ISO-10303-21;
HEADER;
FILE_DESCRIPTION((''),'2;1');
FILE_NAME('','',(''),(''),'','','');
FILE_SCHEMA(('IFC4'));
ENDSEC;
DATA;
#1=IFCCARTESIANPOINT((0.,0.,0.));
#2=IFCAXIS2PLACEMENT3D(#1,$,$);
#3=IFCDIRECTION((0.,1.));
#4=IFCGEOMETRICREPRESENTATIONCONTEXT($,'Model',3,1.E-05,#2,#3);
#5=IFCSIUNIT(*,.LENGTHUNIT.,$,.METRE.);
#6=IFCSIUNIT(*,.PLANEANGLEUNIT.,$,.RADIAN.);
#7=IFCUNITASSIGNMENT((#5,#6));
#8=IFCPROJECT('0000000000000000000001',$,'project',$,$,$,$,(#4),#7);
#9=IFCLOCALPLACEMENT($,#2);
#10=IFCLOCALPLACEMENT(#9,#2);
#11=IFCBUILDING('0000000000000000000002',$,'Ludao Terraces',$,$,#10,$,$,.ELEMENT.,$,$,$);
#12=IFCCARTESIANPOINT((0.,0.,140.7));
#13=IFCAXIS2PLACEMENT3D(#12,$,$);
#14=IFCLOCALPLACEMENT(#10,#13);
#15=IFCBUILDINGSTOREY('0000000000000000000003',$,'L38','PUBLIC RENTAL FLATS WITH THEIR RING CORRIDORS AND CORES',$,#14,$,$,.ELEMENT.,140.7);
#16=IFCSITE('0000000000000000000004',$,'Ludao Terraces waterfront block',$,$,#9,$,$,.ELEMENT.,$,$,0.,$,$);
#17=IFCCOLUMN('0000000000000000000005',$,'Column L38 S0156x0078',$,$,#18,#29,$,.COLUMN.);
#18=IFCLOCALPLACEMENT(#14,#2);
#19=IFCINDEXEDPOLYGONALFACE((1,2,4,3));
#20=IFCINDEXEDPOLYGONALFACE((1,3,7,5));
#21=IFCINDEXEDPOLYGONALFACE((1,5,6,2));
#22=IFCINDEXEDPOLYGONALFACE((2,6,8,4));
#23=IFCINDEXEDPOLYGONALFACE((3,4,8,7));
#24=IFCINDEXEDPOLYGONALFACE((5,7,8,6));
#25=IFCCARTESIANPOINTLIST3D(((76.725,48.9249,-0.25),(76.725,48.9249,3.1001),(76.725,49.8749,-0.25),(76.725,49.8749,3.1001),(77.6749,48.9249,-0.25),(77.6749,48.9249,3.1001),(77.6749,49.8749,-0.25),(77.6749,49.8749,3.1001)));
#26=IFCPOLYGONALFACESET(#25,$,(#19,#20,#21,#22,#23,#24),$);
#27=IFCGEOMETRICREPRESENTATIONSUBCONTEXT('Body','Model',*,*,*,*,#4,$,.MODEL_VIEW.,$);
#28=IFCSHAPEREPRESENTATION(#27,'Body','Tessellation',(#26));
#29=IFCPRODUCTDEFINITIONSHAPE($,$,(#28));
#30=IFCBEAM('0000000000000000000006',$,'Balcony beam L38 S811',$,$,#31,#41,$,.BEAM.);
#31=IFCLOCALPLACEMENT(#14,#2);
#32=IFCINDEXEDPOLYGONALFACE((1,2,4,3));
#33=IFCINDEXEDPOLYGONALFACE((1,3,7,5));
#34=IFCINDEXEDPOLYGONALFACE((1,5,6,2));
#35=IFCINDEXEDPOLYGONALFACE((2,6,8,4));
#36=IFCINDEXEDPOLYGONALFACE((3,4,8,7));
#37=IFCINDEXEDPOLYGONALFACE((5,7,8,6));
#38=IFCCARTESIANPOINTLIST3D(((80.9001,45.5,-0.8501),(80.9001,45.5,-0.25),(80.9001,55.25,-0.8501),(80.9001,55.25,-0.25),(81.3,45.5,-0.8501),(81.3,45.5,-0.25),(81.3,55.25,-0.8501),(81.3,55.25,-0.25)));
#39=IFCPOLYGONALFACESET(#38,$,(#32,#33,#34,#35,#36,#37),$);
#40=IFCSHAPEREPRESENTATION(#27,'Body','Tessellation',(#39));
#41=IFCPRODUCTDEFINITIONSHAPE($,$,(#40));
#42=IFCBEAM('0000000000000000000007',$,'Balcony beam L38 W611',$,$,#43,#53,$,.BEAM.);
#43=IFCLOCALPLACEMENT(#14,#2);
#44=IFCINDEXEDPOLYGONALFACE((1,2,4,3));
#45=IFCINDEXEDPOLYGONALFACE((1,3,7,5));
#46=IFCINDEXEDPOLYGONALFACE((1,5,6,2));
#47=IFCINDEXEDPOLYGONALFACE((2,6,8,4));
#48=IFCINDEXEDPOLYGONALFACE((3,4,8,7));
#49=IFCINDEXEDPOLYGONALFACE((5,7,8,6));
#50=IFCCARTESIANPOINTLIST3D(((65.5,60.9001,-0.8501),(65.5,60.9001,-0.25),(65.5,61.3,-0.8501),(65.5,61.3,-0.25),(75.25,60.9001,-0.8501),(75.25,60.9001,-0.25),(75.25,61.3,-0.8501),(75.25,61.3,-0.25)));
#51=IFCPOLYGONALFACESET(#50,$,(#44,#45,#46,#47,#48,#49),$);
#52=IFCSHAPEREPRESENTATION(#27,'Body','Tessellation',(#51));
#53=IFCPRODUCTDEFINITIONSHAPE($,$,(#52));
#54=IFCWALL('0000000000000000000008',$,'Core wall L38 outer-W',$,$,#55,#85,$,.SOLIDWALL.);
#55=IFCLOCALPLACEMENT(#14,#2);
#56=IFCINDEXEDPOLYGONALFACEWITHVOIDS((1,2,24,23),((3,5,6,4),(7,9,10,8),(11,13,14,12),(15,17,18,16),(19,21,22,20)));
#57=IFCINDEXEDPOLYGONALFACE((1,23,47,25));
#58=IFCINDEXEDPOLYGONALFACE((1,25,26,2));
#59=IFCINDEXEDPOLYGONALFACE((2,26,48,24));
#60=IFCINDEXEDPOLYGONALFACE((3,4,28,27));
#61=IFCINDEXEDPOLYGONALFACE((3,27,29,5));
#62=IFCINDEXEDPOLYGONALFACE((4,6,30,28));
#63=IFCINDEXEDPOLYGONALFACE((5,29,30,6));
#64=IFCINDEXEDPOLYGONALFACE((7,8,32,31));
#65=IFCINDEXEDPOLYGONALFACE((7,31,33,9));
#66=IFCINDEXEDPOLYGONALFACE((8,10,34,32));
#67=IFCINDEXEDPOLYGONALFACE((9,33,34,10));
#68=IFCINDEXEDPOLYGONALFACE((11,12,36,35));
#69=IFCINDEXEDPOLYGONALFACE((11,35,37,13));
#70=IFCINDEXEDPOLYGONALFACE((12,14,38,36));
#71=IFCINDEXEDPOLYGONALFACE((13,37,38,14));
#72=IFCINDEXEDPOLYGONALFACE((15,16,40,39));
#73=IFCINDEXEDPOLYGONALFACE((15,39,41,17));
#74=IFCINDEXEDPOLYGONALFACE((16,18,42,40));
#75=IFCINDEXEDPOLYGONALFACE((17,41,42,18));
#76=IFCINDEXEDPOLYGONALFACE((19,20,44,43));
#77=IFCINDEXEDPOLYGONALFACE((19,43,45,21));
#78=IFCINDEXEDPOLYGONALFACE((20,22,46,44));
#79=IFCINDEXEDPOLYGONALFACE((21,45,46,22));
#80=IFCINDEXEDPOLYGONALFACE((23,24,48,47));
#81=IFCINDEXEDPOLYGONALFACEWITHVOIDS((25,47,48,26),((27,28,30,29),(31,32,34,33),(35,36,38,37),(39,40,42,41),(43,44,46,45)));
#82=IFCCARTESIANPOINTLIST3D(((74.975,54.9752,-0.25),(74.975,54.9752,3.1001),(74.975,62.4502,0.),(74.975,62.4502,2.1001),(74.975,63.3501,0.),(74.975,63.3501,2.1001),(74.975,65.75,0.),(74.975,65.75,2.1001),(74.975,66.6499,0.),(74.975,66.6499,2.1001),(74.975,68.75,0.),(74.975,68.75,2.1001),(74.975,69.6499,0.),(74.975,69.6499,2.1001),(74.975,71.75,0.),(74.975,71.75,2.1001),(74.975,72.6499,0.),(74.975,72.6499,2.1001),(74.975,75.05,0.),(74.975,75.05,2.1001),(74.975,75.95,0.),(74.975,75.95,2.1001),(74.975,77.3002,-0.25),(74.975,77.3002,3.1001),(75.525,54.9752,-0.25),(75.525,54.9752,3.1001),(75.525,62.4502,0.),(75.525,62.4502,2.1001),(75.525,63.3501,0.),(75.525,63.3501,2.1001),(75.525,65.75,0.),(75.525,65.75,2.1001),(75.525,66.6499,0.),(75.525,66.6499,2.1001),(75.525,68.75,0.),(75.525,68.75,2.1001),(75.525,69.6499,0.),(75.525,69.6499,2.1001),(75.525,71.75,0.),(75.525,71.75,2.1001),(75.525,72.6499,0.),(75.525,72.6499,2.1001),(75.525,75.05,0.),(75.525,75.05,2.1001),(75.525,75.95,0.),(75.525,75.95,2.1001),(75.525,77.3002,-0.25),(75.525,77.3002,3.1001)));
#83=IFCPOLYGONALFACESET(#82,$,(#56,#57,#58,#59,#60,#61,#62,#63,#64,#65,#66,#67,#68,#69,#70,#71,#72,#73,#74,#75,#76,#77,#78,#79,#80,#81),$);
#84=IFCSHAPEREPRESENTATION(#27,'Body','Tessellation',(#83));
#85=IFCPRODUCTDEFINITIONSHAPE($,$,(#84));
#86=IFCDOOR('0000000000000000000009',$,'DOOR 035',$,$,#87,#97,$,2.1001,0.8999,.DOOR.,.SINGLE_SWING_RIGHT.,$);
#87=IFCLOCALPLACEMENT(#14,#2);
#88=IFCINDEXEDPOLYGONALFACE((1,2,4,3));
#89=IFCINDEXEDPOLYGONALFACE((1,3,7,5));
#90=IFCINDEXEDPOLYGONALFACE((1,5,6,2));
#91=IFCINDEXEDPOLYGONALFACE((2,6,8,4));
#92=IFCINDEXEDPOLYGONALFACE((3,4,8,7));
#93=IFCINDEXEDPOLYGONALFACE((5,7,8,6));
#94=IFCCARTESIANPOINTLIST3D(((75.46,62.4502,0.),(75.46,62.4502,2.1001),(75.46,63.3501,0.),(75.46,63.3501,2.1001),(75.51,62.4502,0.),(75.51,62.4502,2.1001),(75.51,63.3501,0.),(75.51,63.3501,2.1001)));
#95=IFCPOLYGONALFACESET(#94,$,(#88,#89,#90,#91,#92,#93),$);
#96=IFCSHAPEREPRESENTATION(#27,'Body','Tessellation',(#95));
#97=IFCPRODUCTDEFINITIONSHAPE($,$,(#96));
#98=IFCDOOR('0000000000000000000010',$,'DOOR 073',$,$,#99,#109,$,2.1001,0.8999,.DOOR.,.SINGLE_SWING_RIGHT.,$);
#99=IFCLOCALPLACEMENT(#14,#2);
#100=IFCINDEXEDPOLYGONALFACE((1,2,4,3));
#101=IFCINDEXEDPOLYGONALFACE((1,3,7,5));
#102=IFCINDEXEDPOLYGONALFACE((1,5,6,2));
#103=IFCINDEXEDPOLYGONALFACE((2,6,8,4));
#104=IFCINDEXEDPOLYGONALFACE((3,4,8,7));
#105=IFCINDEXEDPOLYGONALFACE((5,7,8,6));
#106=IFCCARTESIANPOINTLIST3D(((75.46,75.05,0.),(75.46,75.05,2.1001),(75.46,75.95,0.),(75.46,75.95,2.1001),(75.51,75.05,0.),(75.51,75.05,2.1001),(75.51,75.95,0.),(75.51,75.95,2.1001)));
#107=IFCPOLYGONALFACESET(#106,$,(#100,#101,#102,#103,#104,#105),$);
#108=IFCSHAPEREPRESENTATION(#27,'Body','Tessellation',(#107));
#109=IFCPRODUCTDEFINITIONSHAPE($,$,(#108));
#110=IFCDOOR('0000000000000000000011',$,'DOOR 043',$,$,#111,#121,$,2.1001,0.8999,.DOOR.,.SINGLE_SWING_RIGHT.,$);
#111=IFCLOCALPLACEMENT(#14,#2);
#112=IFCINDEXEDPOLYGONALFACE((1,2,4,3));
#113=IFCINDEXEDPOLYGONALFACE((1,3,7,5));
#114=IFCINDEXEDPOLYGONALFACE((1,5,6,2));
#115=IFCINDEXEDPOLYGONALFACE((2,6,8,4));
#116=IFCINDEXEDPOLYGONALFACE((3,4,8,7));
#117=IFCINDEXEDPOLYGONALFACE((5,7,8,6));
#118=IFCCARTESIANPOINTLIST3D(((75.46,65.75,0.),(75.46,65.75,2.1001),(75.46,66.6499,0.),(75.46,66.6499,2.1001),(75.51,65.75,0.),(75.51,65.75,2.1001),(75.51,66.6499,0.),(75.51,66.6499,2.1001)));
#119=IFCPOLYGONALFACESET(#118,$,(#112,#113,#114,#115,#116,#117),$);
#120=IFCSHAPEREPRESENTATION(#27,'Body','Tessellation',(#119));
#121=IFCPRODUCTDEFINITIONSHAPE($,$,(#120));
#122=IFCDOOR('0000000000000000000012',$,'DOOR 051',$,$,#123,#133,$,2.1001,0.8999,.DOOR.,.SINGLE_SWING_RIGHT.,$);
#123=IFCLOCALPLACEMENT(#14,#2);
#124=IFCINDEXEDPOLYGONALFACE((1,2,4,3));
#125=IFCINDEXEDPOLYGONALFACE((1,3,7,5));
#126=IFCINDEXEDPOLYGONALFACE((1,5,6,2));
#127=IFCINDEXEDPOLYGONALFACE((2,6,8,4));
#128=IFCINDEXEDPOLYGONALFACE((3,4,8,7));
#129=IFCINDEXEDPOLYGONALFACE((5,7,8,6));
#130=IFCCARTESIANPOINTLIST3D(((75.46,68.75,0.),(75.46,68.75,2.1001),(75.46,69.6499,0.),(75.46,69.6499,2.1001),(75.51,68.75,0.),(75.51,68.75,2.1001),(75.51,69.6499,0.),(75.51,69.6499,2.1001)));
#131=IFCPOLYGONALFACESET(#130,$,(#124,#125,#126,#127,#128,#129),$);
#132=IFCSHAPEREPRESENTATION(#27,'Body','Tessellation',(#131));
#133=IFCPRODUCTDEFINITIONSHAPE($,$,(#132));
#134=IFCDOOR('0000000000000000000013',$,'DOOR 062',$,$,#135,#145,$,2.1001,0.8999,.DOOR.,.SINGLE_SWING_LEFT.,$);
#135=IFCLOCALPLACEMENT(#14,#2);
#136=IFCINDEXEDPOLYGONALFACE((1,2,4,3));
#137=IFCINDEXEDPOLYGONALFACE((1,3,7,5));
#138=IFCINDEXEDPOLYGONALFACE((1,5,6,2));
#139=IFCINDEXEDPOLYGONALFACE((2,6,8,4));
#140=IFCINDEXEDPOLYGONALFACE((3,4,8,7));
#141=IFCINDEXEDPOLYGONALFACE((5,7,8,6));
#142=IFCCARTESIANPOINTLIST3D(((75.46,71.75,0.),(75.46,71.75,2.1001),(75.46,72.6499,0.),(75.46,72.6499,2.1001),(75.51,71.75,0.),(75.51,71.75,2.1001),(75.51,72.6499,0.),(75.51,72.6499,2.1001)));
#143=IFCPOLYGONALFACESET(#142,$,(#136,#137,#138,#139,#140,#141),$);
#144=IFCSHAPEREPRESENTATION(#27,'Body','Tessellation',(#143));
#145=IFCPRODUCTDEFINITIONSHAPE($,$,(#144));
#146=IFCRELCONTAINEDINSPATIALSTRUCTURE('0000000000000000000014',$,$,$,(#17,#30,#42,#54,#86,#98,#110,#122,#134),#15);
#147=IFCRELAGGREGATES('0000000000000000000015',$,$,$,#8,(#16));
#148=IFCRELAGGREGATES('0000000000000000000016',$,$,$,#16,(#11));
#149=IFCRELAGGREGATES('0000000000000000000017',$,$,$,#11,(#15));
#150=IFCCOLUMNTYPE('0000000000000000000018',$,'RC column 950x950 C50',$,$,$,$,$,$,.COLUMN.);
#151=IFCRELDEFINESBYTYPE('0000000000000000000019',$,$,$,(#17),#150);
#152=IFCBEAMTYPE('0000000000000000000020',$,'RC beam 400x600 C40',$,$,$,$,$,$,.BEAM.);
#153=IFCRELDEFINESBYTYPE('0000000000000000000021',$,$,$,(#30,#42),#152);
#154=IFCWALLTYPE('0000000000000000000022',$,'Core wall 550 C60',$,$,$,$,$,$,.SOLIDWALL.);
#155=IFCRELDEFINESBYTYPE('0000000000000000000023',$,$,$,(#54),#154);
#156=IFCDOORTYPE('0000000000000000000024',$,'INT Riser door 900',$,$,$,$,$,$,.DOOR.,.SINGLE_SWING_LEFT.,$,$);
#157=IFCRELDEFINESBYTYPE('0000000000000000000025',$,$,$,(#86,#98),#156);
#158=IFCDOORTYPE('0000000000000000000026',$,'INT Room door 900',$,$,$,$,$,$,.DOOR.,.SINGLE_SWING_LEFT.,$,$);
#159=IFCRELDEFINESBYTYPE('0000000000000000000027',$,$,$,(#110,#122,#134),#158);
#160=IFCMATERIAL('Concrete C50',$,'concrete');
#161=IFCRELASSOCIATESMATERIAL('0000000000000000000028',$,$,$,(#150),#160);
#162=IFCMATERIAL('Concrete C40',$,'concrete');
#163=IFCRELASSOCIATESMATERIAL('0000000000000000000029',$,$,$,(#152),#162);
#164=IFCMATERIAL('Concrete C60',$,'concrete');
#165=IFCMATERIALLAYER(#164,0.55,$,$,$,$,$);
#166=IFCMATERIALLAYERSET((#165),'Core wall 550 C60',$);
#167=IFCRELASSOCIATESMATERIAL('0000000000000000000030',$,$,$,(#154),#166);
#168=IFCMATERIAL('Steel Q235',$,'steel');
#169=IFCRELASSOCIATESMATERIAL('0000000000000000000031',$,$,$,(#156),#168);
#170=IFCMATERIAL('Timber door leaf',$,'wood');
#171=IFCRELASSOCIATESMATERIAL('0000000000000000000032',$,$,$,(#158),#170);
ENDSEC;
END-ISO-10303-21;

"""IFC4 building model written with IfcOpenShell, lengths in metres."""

from ifc_helpers import new_model, si_unit, direction, frame, frame_2d, origin, origin_2d, place, context, subcontext, project, spatial, rectangle, extrude, material, layer, layer_set, material_profile, profile_set, type_object, element, fill, save


model = new_model("IFC4")

# Units and contexts
model_context = context("Model", 3, precision=1e-05, world=origin(), true_north=direction((0.0, 1.0)))
body_context = subcontext(model_context, "Body", "Model", "MODEL_VIEW")
ifc_project = project(units=[si_unit("LENGTHUNIT", "METRE"), si_unit("PLANEANGLEUNIT", "RADIAN")], contexts=[model_context])

# Site, building, storey
site_placement = place(None, origin())
site = spatial("IfcSite", under=ifc_project, at=site_placement, Name="Ludao Terraces waterfront block", CompositionType="ELEMENT", RefElevation=0.0)
building_placement = place(site_placement, origin())
building = spatial("IfcBuilding", under=site, at=building_placement, Name="Ludao Terraces", CompositionType="ELEMENT")
storey_placement = place(building_placement, frame((0.0, 0.0, 140.7)))
storey = spatial("IfcBuildingStorey", under=building, at=storey_placement, Name="L38", Description="PUBLIC RENTAL FLATS WITH THEIR RING CORRIDORS AND CORES", CompositionType="ELEMENT", Elevation=140.7)

# Column
ifc_material_1 = material(Name="Concrete C50", Category="concrete")
ifc_material_profile_1 = material_profile(ifc_material_1, rectangle(XDim=0.95, YDim=0.95, at=origin_2d()), Name="950 X 950")
ifc_profile_set_1 = profile_set([ifc_material_profile_1], Name="Concrete C50")
column_type = type_object("IfcColumnType", Name="RC column 950x950 C50", PredefinedType="COLUMN", material=ifc_profile_set_1)
column_placement = place(storey_placement, frame((77.2, 49.3999, -0.25), z_axis=(0.0, 0.0, 1.0), x_axis=(1.0, 0.0, 0.0)))
element("IfcColumn", 1, at=column_placement, inside=storey, type_object=column_type, Name="Column L38 S0156x0078", PredefinedType="COLUMN", context=body_context, shape_type="SweptSolid", body=[
    extrude(rectangle(XDim=0.95, YDim=0.95, at=origin_2d()), origin(), (0.0, 0.0, 1.0), 3.3501),
])

# Beams
ifc_material_2 = material(Name="Concrete C40", Category="concrete")
ifc_material_profile_2 = material_profile(ifc_material_2, rectangle(XDim=0.3999, YDim=0.6001, at=origin_2d()), Name="400 X 600")
ifc_profile_set_2 = profile_set([ifc_material_profile_2], Name="Concrete C40")
beam_type = type_object("IfcBeamType", Name="RC beam 400x600 C40", PredefinedType="BEAM", material=ifc_profile_set_2)
for number, where, z_axis, x_axis, name in (
    (2, (81.1001, 55.25, -0.55), (0.0, -1.0, 0.0), (1.0, 0.0, 0.0), "Balcony beam L38 S811"),
    (3, (75.25, 61.1001, -0.55), (-1.0, 0.0, 0.0), (0.0, -1.0, 0.0), "Balcony beam L38 W611"),
):
    element("IfcBeam", number, at=place(storey_placement, frame(where, z_axis=z_axis, x_axis=x_axis)), inside=storey, type_object=beam_type, Name=name, PredefinedType="BEAM", context=body_context, shape_type="SweptSolid", body=[
        extrude(rectangle(XDim=0.3999, YDim=0.6001, at=origin_2d()), origin(), (0.0, 0.0, 1.0), 9.75),
    ])

# Wall, openings, doors
ifc_material_3 = material(Name="Concrete C60", Category="concrete")
ifc_layer_1 = layer(ifc_material_3, 0.55)
ifc_layer_set_1 = layer_set([ifc_layer_1], Name="Core wall 550 C60")
wall_type_1 = type_object("IfcWallType", Name="Core wall 550 C60", PredefinedType="SOLIDWALL", material=ifc_layer_set_1)
wall_1_placement = place(storey_placement, frame((75.25, 54.9751, -0.25), z_axis=(0.0, 0.0, 1.0), x_axis=(0.0, 1.0, 0.0)))
wall_1 = element("IfcWall", 4, at=wall_1_placement, inside=storey, type_object=wall_type_1, Name="Core wall L38 outer-W", PredefinedType="SOLIDWALL", context=body_context, shape_type="SweptSolid", body=[
    extrude(rectangle(XDim=22.325, YDim=0.55, at=frame_2d((11.1626, 0.0))), origin(), (0.0, 0.0, 1.0), 3.3501),
])
opening_1_placement = place(wall_1_placement, frame((7.4751, 0.0, 0.25)))
opening_1 = element("IfcOpeningElement", 5, at=opening_1_placement, cuts=wall_1, PredefinedType="OPENING", context=body_context, shape_type="SweptSolid", body=[
    extrude(rectangle(XDim=0.8999, YDim=2.1001, at=frame_2d((0.45, 1.05))), frame((0.0, 0.2852, 0.0), z_axis=(0.0, -1.0, 0.0), x_axis=(1.0, 0.0, 0.0)), (0.0, 0.0, 1.0), 0.5701),
])
opening_2_placement = place(wall_1_placement, frame((10.7749, 0.0, 0.25)))
opening_2 = element("IfcOpeningElement", 6, at=opening_2_placement, cuts=wall_1, PredefinedType="OPENING", context=body_context, shape_type="SweptSolid", body=[
    extrude(rectangle(XDim=0.8999, YDim=2.1001, at=frame_2d((0.45, 1.05))), frame((0.0, 0.2852, 0.0), z_axis=(0.0, -1.0, 0.0), x_axis=(1.0, 0.0, 0.0)), (0.0, 0.0, 1.0), 0.5701),
])
opening_3_placement = place(wall_1_placement, frame((13.7749, 0.0, 0.25)))
opening_3 = element("IfcOpeningElement", 7, at=opening_3_placement, cuts=wall_1, PredefinedType="OPENING", context=body_context, shape_type="SweptSolid", body=[
    extrude(rectangle(XDim=0.8999, YDim=2.1001, at=frame_2d((0.45, 1.05))), frame((0.0, 0.2852, 0.0), z_axis=(0.0, -1.0, 0.0), x_axis=(1.0, 0.0, 0.0)), (0.0, 0.0, 1.0), 0.5701),
])
opening_4_placement = place(wall_1_placement, frame((16.7749, 0.0, 0.25)))
opening_4 = element("IfcOpeningElement", 8, at=opening_4_placement, cuts=wall_1, PredefinedType="OPENING", context=body_context, shape_type="SweptSolid", body=[
    extrude(rectangle(XDim=0.8999, YDim=2.1001, at=frame_2d((0.45, 1.05))), frame((0.0, 0.2852, 0.0), z_axis=(0.0, -1.0, 0.0), x_axis=(1.0, 0.0, 0.0)), (0.0, 0.0, 1.0), 0.5701),
])
opening_5_placement = place(wall_1_placement, frame((20.075, 0.0, 0.25)))
opening_5 = element("IfcOpeningElement", 9, at=opening_5_placement, cuts=wall_1, PredefinedType="OPENING", context=body_context, shape_type="SweptSolid", body=[
    extrude(rectangle(XDim=0.8999, YDim=2.1001, at=frame_2d((0.45, 1.05))), frame((0.0, 0.2852, 0.0), z_axis=(0.0, -1.0, 0.0), x_axis=(1.0, 0.0, 0.0)), (0.0, 0.0, 1.0), 0.5701),
])
ifc_material_4 = material(Name="Steel Q235", Category="steel")
door_type_1 = type_object("IfcDoorType", Name="INT Riser door 900", OperationType="SINGLE_SWING_LEFT", PredefinedType="DOOR", material=ifc_material_4)
door_1_placement = place(opening_1_placement, origin())
door_1 = element("IfcDoor", 10, at=door_1_placement, inside=storey, type_object=door_type_1, Name="DOOR 035", OperationType="SINGLE_SWING_RIGHT", OverallHeight=2.1001, OverallWidth=0.8999, PredefinedType="DOOR", context=body_context, shape_type="SweptSolid", body=[
    extrude(rectangle(XDim=0.8999, YDim=2.1001, at=frame_2d((0.45, 1.05))), frame((0.0, -0.21, 0.0), z_axis=(0.0, -1.0, 0.0), x_axis=(1.0, 0.0, 0.0)), (0.0, 0.0, 1.0), 0.05),
])
fill(opening_1, door_1)
door_2_placement = place(opening_5_placement, origin())
door_2 = element("IfcDoor", 11, at=door_2_placement, inside=storey, type_object=door_type_1, Name="DOOR 073", OperationType="SINGLE_SWING_RIGHT", OverallHeight=2.1001, OverallWidth=0.8999, PredefinedType="DOOR", context=body_context, shape_type="SweptSolid", body=[
    extrude(rectangle(XDim=0.8999, YDim=2.1001, at=frame_2d((0.45, 1.05))), frame((0.0, -0.21, 0.0), z_axis=(0.0, -1.0, 0.0), x_axis=(1.0, 0.0, 0.0)), (0.0, 0.0, 1.0), 0.05),
])
fill(opening_5, door_2)
ifc_material_5 = material(Name="Timber door leaf", Category="wood")
door_type_2 = type_object("IfcDoorType", Name="INT Room door 900", OperationType="SINGLE_SWING_LEFT", PredefinedType="DOOR", material=ifc_material_5)
door_3_placement = place(opening_2_placement, origin())
door_3 = element("IfcDoor", 12, at=door_3_placement, inside=storey, type_object=door_type_2, Name="DOOR 043", OperationType="SINGLE_SWING_RIGHT", OverallHeight=2.1001, OverallWidth=0.8999, PredefinedType="DOOR", context=body_context, shape_type="SweptSolid", body=[
    extrude(rectangle(XDim=0.8999, YDim=2.1001, at=frame_2d((0.45, 1.05))), frame((0.0, -0.21, 0.0), z_axis=(0.0, -1.0, 0.0), x_axis=(1.0, 0.0, 0.0)), (0.0, 0.0, 1.0), 0.05),
])
fill(opening_2, door_3)
door_4_placement = place(opening_3_placement, origin())
door_4 = element("IfcDoor", 13, at=door_4_placement, inside=storey, type_object=door_type_2, Name="DOOR 051", OperationType="SINGLE_SWING_RIGHT", OverallHeight=2.1001, OverallWidth=0.8999, PredefinedType="DOOR", context=body_context, shape_type="SweptSolid", body=[
    extrude(rectangle(XDim=0.8999, YDim=2.1001, at=frame_2d((0.45, 1.05))), frame((0.0, -0.21, 0.0), z_axis=(0.0, -1.0, 0.0), x_axis=(1.0, 0.0, 0.0)), (0.0, 0.0, 1.0), 0.05),
])
fill(opening_3, door_4)
door_5_placement = place(opening_4_placement, origin())
door_5 = element("IfcDoor", 14, at=door_5_placement, inside=storey, type_object=door_type_2, Name="DOOR 062", OperationType="SINGLE_SWING_LEFT", OverallHeight=2.1001, OverallWidth=0.8999, PredefinedType="DOOR", context=body_context, shape_type="SweptSolid", body=[
    extrude(rectangle(XDim=0.8999, YDim=2.1001, at=frame_2d((0.45, 1.05))), frame((0.0, -0.21, 0.0), z_axis=(0.0, -1.0, 0.0), x_axis=(1.0, 0.0, 0.0)), (0.0, 0.0, 1.0), 0.05),
])
fill(opening_4, door_5)

save(model, "model.ifc")
